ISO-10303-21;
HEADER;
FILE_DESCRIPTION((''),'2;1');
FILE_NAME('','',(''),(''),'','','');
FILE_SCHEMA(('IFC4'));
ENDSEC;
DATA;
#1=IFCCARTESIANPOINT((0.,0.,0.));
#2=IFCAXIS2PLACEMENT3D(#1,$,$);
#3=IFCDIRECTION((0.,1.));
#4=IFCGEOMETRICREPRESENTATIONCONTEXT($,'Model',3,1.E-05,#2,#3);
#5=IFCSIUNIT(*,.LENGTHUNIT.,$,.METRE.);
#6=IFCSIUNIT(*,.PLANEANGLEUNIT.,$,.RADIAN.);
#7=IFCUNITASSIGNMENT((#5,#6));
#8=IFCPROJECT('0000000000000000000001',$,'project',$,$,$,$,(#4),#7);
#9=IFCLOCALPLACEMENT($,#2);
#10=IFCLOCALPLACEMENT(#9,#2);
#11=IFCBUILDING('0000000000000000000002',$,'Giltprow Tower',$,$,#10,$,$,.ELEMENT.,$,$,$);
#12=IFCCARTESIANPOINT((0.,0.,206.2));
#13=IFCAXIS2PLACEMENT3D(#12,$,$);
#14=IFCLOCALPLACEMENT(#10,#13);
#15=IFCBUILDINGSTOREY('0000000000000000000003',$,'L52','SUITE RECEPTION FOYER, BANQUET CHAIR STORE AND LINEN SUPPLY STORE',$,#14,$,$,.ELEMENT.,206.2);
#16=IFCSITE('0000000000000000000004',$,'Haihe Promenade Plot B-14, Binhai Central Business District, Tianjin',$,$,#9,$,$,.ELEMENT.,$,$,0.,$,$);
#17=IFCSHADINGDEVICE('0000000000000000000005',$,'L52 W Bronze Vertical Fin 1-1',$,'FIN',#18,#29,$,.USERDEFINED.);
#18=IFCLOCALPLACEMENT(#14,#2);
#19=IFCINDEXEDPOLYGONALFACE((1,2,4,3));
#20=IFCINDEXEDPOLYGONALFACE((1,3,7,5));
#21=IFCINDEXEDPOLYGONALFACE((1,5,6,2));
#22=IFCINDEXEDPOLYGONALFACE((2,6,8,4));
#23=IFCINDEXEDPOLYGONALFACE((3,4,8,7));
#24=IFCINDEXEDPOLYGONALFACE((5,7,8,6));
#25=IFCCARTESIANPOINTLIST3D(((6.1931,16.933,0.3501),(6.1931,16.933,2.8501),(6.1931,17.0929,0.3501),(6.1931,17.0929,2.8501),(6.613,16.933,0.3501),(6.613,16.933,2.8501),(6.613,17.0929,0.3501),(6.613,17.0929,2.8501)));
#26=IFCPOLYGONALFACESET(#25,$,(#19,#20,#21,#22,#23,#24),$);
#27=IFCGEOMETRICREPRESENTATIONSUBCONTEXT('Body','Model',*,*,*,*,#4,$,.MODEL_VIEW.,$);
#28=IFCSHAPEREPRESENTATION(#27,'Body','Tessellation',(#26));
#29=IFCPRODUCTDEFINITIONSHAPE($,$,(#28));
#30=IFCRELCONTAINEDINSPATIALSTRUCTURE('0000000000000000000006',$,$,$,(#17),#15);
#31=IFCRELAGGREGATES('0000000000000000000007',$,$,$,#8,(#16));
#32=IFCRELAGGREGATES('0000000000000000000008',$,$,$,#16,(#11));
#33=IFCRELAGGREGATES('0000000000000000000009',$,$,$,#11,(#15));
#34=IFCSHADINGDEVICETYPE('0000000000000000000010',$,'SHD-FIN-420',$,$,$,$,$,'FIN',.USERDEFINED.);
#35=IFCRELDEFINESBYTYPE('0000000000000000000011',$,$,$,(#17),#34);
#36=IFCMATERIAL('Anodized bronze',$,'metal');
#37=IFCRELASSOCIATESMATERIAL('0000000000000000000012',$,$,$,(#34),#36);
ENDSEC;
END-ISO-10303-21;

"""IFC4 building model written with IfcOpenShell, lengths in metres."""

from ifc_helpers import new_model, si_unit, direction, frame, origin, origin_2d, place, context, subcontext, project, spatial, rectangle, extrude, source, transform, mapped, material, type_object, element, save


model = new_model("IFC4")

# Units and contexts
model_context = context("Model", 3, precision=1e-05, world=origin(), true_north=direction((0.0, 1.0)))
body_context = subcontext(model_context, "Body", "Model", "MODEL_VIEW")
ifc_project = project(units=[si_unit("LENGTHUNIT", "METRE"), si_unit("PLANEANGLEUNIT", "RADIAN")], contexts=[model_context])

# Site, building, storey
site_placement = place(None, origin())
site = spatial("IfcSite", under=ifc_project, at=site_placement, Name="Haihe Promenade Plot B-14, Binhai Central Business District, Tianjin", CompositionType="ELEMENT", RefElevation=0.0)
building_placement = place(site_placement, origin())
building = spatial("IfcBuilding", under=site, at=building_placement, Name="Giltprow Tower", CompositionType="ELEMENT")
storey_placement = place(building_placement, frame((0.0, 0.0, 206.2)))
storey = spatial("IfcBuildingStorey", under=building, at=storey_placement, Name="L52", Description="SUITE RECEPTION FOYER, BANQUET CHAIR STORE AND LINEN SUPPLY STORE", CompositionType="ELEMENT", Elevation=206.2)

# Shared definitions
ifc_material_1 = material(Name="Anodized bronze", Category="metal")

# Shading device
shading_device_type = type_object("IfcShadingDeviceType", Name="SHD-FIN-420", ElementType="FIN", PredefinedType="USERDEFINED", material=ifc_material_1)
shared_shape_1 = source(origin(), body_context, "Body", "SweptSolid", [
    extrude(rectangle(XDim=0.4199, YDim=0.1599, at=origin_2d()), origin(), (0.0, 0.0, 1.0), 2.5),
])
shading_device_placement = place(storey_placement, frame((6.4031, 17.0129, 0.3501), z_axis=(0.0, 0.0, 1.0), x_axis=(1.0, 0.0, 0.0)))
element("IfcShadingDevice", 1, at=shading_device_placement, inside=storey, type_object=shading_device_type, Name="L52 W Bronze Vertical Fin 1-1", ObjectType="FIN", PredefinedType="USERDEFINED", context=body_context, shape_type="MappedRepresentation", body=[
    mapped(shared_shape_1, transform((0.0, 0.0, 0.0), x_axis=(1.0, 0.0, 0.0), y_axis=(0.0, 1.0, 0.0), z_axis=(0.0, 0.0, 1.0), scale=1.0)),
])

save(model, "model.ifc")
